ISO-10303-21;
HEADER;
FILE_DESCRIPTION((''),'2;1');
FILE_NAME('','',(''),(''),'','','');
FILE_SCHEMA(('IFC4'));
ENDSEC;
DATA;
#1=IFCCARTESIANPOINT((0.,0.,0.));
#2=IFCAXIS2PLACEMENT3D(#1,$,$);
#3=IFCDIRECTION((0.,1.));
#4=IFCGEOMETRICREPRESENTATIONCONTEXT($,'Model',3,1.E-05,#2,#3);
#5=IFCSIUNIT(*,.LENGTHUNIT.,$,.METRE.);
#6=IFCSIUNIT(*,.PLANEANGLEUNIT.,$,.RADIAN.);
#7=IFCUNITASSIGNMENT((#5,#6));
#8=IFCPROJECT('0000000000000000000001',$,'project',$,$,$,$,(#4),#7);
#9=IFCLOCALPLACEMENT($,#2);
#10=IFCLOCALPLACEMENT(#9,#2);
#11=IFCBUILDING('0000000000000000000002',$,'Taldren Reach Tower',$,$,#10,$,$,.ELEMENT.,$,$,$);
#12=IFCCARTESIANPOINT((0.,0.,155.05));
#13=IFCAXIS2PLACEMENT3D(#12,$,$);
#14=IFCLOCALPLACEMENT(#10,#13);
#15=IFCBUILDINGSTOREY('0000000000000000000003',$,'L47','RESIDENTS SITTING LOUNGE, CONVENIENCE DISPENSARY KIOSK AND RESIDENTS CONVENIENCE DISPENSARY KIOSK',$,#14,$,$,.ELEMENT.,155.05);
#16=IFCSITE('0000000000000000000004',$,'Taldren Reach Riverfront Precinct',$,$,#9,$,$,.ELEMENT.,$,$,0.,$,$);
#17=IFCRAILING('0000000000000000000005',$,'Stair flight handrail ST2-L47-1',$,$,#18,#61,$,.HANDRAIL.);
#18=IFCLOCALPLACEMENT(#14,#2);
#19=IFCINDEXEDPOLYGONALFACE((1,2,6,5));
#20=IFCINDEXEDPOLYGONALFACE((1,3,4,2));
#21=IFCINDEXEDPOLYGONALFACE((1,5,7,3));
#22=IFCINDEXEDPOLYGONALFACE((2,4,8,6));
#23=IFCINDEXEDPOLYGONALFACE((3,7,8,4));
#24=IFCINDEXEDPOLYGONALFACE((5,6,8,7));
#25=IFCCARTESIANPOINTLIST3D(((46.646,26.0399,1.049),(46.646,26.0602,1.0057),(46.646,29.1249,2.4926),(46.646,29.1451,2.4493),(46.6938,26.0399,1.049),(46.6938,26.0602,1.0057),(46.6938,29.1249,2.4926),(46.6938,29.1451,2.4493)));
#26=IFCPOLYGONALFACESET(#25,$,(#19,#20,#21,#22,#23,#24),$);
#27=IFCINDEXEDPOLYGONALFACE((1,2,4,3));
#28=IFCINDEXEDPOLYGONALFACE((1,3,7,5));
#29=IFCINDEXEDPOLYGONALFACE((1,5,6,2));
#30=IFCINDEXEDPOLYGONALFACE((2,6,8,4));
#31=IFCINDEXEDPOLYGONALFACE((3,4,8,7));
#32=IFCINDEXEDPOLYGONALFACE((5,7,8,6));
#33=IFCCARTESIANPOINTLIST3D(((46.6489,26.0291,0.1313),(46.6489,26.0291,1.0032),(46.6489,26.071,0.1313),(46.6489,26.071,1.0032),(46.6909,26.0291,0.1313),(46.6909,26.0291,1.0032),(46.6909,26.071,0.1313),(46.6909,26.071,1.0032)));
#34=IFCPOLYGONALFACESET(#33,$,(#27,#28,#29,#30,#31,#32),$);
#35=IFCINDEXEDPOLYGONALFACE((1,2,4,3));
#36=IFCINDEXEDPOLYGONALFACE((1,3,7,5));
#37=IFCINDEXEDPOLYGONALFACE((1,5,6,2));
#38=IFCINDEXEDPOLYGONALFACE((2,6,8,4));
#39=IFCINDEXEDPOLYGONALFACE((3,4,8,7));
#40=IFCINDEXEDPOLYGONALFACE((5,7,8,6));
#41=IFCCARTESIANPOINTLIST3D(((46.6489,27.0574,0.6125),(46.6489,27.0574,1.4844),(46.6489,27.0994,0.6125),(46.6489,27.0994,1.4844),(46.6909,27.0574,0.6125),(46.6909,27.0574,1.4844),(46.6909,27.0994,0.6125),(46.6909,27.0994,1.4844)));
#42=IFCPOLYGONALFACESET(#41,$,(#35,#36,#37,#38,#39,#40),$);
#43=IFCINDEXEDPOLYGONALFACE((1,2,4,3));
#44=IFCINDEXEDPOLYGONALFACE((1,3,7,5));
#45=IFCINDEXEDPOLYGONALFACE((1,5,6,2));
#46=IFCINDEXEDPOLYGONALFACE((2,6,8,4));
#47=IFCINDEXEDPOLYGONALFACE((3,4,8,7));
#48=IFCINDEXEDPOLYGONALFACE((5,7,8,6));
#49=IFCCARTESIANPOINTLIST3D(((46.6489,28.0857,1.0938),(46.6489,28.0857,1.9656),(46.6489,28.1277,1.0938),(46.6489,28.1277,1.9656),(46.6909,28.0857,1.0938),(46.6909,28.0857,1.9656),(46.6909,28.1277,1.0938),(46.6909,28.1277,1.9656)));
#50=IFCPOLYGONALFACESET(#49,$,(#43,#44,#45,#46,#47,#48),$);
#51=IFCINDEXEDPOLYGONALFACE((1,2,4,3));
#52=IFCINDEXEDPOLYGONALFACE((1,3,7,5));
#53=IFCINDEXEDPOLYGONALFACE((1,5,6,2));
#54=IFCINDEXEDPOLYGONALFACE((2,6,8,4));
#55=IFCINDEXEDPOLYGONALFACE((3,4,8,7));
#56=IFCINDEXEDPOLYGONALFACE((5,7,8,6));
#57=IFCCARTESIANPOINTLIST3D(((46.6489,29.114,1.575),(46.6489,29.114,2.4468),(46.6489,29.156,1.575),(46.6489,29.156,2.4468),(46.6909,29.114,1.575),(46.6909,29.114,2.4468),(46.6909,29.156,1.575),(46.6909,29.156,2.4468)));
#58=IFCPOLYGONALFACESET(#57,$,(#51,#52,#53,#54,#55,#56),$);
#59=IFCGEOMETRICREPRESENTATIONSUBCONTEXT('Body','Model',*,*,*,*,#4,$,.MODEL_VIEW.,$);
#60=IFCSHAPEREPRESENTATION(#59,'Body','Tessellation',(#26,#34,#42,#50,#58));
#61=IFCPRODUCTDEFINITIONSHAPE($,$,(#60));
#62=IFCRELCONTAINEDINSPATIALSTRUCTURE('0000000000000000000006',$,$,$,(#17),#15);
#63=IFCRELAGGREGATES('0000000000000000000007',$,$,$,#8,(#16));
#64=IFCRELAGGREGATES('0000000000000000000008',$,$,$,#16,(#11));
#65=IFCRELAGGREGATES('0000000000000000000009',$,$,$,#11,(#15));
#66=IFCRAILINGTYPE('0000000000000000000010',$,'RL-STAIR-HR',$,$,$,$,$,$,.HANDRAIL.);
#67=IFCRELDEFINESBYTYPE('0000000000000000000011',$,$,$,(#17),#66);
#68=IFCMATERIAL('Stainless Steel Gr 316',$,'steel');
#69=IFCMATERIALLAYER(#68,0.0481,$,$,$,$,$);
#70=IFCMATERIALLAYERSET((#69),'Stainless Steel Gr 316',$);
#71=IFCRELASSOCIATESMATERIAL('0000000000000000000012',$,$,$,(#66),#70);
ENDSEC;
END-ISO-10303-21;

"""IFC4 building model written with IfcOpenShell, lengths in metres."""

from ifc_helpers import new_model, si_unit, direction, frame, origin, origin_2d, place, context, subcontext, project, spatial, rectangle, extrude, material, layer, layer_set, type_object, element, save


model = new_model("IFC4")

# Units and contexts
model_context = context("Model", 3, precision=1e-05, world=origin(), true_north=direction((0.0, 1.0)))
body_context = subcontext(model_context, "Body", "Model", "MODEL_VIEW")
ifc_project = project(units=[si_unit("LENGTHUNIT", "METRE"), si_unit("PLANEANGLEUNIT", "RADIAN")], contexts=[model_context])

# Site, building, storey
site_placement = place(None, origin())
site = spatial("IfcSite", under=ifc_project, at=site_placement, Name="Taldren Reach Riverfront Precinct", CompositionType="ELEMENT", RefElevation=0.0)
building_placement = place(site_placement, origin())
building = spatial("IfcBuilding", under=site, at=building_placement, Name="Taldren Reach Tower", CompositionType="ELEMENT")
storey_placement = place(building_placement, frame((0.0, 0.0, 155.05)))
storey = spatial("IfcBuildingStorey", under=building, at=storey_placement, Name="L47", Description="RESIDENTS SITTING LOUNGE, CONVENIENCE DISPENSARY KIOSK AND RESIDENTS CONVENIENCE DISPENSARY KIOSK", CompositionType="ELEMENT", Elevation=155.05)

# Railing
ifc_material_1 = material(Name="Stainless Steel Gr 316", Category="steel")
ifc_layer_1 = layer(ifc_material_1, 0.0481)
ifc_layer_set_1 = layer_set([ifc_layer_1], Name="Stainless Steel Gr 316")
railing_type_1 = type_object("IfcRailingType", Name="RL-STAIR-HR", PredefinedType="HANDRAIL", material=ifc_layer_set_1)
railing_1_placement = place(storey_placement, frame((46.6699, 26.05, 0.1313)))
element("IfcRailing", 1, at=railing_1_placement, inside=storey, type_object=railing_type_1, Name="Stair flight handrail ST2-L47-1", PredefinedType="HANDRAIL", context=body_context, shape_type="SweptSolid", body=[
    extrude(rectangle(XDim=0.0479, YDim=0.0479, at=origin_2d()), frame((0.0, 0.0, 0.896), z_axis=(0.0, 0.905738, 0.423839), x_axis=(-1.0, 0.0, 0.0)), (0.0, 0.0, 1.0), 3.406),
    extrude(rectangle(XDim=0.042, YDim=0.042, at=origin_2d()), origin(), (0.0, 0.0, 1.0), 0.8718),
    extrude(rectangle(XDim=0.042, YDim=0.042, at=origin_2d()), frame((0.0, 1.0283, 0.4812)), (0.0, 0.0, 1.0), 0.8718),
    extrude(rectangle(XDim=0.042, YDim=0.042, at=origin_2d()), frame((0.0, 2.0566, 0.9624)), (0.0, 0.0, 1.0), 0.8718),
    extrude(rectangle(XDim=0.042, YDim=0.042, at=origin_2d()), frame((0.0, 3.085, 1.4436)), (0.0, 0.0, 1.0), 0.8718),
])

save(model, "model.ifc")
